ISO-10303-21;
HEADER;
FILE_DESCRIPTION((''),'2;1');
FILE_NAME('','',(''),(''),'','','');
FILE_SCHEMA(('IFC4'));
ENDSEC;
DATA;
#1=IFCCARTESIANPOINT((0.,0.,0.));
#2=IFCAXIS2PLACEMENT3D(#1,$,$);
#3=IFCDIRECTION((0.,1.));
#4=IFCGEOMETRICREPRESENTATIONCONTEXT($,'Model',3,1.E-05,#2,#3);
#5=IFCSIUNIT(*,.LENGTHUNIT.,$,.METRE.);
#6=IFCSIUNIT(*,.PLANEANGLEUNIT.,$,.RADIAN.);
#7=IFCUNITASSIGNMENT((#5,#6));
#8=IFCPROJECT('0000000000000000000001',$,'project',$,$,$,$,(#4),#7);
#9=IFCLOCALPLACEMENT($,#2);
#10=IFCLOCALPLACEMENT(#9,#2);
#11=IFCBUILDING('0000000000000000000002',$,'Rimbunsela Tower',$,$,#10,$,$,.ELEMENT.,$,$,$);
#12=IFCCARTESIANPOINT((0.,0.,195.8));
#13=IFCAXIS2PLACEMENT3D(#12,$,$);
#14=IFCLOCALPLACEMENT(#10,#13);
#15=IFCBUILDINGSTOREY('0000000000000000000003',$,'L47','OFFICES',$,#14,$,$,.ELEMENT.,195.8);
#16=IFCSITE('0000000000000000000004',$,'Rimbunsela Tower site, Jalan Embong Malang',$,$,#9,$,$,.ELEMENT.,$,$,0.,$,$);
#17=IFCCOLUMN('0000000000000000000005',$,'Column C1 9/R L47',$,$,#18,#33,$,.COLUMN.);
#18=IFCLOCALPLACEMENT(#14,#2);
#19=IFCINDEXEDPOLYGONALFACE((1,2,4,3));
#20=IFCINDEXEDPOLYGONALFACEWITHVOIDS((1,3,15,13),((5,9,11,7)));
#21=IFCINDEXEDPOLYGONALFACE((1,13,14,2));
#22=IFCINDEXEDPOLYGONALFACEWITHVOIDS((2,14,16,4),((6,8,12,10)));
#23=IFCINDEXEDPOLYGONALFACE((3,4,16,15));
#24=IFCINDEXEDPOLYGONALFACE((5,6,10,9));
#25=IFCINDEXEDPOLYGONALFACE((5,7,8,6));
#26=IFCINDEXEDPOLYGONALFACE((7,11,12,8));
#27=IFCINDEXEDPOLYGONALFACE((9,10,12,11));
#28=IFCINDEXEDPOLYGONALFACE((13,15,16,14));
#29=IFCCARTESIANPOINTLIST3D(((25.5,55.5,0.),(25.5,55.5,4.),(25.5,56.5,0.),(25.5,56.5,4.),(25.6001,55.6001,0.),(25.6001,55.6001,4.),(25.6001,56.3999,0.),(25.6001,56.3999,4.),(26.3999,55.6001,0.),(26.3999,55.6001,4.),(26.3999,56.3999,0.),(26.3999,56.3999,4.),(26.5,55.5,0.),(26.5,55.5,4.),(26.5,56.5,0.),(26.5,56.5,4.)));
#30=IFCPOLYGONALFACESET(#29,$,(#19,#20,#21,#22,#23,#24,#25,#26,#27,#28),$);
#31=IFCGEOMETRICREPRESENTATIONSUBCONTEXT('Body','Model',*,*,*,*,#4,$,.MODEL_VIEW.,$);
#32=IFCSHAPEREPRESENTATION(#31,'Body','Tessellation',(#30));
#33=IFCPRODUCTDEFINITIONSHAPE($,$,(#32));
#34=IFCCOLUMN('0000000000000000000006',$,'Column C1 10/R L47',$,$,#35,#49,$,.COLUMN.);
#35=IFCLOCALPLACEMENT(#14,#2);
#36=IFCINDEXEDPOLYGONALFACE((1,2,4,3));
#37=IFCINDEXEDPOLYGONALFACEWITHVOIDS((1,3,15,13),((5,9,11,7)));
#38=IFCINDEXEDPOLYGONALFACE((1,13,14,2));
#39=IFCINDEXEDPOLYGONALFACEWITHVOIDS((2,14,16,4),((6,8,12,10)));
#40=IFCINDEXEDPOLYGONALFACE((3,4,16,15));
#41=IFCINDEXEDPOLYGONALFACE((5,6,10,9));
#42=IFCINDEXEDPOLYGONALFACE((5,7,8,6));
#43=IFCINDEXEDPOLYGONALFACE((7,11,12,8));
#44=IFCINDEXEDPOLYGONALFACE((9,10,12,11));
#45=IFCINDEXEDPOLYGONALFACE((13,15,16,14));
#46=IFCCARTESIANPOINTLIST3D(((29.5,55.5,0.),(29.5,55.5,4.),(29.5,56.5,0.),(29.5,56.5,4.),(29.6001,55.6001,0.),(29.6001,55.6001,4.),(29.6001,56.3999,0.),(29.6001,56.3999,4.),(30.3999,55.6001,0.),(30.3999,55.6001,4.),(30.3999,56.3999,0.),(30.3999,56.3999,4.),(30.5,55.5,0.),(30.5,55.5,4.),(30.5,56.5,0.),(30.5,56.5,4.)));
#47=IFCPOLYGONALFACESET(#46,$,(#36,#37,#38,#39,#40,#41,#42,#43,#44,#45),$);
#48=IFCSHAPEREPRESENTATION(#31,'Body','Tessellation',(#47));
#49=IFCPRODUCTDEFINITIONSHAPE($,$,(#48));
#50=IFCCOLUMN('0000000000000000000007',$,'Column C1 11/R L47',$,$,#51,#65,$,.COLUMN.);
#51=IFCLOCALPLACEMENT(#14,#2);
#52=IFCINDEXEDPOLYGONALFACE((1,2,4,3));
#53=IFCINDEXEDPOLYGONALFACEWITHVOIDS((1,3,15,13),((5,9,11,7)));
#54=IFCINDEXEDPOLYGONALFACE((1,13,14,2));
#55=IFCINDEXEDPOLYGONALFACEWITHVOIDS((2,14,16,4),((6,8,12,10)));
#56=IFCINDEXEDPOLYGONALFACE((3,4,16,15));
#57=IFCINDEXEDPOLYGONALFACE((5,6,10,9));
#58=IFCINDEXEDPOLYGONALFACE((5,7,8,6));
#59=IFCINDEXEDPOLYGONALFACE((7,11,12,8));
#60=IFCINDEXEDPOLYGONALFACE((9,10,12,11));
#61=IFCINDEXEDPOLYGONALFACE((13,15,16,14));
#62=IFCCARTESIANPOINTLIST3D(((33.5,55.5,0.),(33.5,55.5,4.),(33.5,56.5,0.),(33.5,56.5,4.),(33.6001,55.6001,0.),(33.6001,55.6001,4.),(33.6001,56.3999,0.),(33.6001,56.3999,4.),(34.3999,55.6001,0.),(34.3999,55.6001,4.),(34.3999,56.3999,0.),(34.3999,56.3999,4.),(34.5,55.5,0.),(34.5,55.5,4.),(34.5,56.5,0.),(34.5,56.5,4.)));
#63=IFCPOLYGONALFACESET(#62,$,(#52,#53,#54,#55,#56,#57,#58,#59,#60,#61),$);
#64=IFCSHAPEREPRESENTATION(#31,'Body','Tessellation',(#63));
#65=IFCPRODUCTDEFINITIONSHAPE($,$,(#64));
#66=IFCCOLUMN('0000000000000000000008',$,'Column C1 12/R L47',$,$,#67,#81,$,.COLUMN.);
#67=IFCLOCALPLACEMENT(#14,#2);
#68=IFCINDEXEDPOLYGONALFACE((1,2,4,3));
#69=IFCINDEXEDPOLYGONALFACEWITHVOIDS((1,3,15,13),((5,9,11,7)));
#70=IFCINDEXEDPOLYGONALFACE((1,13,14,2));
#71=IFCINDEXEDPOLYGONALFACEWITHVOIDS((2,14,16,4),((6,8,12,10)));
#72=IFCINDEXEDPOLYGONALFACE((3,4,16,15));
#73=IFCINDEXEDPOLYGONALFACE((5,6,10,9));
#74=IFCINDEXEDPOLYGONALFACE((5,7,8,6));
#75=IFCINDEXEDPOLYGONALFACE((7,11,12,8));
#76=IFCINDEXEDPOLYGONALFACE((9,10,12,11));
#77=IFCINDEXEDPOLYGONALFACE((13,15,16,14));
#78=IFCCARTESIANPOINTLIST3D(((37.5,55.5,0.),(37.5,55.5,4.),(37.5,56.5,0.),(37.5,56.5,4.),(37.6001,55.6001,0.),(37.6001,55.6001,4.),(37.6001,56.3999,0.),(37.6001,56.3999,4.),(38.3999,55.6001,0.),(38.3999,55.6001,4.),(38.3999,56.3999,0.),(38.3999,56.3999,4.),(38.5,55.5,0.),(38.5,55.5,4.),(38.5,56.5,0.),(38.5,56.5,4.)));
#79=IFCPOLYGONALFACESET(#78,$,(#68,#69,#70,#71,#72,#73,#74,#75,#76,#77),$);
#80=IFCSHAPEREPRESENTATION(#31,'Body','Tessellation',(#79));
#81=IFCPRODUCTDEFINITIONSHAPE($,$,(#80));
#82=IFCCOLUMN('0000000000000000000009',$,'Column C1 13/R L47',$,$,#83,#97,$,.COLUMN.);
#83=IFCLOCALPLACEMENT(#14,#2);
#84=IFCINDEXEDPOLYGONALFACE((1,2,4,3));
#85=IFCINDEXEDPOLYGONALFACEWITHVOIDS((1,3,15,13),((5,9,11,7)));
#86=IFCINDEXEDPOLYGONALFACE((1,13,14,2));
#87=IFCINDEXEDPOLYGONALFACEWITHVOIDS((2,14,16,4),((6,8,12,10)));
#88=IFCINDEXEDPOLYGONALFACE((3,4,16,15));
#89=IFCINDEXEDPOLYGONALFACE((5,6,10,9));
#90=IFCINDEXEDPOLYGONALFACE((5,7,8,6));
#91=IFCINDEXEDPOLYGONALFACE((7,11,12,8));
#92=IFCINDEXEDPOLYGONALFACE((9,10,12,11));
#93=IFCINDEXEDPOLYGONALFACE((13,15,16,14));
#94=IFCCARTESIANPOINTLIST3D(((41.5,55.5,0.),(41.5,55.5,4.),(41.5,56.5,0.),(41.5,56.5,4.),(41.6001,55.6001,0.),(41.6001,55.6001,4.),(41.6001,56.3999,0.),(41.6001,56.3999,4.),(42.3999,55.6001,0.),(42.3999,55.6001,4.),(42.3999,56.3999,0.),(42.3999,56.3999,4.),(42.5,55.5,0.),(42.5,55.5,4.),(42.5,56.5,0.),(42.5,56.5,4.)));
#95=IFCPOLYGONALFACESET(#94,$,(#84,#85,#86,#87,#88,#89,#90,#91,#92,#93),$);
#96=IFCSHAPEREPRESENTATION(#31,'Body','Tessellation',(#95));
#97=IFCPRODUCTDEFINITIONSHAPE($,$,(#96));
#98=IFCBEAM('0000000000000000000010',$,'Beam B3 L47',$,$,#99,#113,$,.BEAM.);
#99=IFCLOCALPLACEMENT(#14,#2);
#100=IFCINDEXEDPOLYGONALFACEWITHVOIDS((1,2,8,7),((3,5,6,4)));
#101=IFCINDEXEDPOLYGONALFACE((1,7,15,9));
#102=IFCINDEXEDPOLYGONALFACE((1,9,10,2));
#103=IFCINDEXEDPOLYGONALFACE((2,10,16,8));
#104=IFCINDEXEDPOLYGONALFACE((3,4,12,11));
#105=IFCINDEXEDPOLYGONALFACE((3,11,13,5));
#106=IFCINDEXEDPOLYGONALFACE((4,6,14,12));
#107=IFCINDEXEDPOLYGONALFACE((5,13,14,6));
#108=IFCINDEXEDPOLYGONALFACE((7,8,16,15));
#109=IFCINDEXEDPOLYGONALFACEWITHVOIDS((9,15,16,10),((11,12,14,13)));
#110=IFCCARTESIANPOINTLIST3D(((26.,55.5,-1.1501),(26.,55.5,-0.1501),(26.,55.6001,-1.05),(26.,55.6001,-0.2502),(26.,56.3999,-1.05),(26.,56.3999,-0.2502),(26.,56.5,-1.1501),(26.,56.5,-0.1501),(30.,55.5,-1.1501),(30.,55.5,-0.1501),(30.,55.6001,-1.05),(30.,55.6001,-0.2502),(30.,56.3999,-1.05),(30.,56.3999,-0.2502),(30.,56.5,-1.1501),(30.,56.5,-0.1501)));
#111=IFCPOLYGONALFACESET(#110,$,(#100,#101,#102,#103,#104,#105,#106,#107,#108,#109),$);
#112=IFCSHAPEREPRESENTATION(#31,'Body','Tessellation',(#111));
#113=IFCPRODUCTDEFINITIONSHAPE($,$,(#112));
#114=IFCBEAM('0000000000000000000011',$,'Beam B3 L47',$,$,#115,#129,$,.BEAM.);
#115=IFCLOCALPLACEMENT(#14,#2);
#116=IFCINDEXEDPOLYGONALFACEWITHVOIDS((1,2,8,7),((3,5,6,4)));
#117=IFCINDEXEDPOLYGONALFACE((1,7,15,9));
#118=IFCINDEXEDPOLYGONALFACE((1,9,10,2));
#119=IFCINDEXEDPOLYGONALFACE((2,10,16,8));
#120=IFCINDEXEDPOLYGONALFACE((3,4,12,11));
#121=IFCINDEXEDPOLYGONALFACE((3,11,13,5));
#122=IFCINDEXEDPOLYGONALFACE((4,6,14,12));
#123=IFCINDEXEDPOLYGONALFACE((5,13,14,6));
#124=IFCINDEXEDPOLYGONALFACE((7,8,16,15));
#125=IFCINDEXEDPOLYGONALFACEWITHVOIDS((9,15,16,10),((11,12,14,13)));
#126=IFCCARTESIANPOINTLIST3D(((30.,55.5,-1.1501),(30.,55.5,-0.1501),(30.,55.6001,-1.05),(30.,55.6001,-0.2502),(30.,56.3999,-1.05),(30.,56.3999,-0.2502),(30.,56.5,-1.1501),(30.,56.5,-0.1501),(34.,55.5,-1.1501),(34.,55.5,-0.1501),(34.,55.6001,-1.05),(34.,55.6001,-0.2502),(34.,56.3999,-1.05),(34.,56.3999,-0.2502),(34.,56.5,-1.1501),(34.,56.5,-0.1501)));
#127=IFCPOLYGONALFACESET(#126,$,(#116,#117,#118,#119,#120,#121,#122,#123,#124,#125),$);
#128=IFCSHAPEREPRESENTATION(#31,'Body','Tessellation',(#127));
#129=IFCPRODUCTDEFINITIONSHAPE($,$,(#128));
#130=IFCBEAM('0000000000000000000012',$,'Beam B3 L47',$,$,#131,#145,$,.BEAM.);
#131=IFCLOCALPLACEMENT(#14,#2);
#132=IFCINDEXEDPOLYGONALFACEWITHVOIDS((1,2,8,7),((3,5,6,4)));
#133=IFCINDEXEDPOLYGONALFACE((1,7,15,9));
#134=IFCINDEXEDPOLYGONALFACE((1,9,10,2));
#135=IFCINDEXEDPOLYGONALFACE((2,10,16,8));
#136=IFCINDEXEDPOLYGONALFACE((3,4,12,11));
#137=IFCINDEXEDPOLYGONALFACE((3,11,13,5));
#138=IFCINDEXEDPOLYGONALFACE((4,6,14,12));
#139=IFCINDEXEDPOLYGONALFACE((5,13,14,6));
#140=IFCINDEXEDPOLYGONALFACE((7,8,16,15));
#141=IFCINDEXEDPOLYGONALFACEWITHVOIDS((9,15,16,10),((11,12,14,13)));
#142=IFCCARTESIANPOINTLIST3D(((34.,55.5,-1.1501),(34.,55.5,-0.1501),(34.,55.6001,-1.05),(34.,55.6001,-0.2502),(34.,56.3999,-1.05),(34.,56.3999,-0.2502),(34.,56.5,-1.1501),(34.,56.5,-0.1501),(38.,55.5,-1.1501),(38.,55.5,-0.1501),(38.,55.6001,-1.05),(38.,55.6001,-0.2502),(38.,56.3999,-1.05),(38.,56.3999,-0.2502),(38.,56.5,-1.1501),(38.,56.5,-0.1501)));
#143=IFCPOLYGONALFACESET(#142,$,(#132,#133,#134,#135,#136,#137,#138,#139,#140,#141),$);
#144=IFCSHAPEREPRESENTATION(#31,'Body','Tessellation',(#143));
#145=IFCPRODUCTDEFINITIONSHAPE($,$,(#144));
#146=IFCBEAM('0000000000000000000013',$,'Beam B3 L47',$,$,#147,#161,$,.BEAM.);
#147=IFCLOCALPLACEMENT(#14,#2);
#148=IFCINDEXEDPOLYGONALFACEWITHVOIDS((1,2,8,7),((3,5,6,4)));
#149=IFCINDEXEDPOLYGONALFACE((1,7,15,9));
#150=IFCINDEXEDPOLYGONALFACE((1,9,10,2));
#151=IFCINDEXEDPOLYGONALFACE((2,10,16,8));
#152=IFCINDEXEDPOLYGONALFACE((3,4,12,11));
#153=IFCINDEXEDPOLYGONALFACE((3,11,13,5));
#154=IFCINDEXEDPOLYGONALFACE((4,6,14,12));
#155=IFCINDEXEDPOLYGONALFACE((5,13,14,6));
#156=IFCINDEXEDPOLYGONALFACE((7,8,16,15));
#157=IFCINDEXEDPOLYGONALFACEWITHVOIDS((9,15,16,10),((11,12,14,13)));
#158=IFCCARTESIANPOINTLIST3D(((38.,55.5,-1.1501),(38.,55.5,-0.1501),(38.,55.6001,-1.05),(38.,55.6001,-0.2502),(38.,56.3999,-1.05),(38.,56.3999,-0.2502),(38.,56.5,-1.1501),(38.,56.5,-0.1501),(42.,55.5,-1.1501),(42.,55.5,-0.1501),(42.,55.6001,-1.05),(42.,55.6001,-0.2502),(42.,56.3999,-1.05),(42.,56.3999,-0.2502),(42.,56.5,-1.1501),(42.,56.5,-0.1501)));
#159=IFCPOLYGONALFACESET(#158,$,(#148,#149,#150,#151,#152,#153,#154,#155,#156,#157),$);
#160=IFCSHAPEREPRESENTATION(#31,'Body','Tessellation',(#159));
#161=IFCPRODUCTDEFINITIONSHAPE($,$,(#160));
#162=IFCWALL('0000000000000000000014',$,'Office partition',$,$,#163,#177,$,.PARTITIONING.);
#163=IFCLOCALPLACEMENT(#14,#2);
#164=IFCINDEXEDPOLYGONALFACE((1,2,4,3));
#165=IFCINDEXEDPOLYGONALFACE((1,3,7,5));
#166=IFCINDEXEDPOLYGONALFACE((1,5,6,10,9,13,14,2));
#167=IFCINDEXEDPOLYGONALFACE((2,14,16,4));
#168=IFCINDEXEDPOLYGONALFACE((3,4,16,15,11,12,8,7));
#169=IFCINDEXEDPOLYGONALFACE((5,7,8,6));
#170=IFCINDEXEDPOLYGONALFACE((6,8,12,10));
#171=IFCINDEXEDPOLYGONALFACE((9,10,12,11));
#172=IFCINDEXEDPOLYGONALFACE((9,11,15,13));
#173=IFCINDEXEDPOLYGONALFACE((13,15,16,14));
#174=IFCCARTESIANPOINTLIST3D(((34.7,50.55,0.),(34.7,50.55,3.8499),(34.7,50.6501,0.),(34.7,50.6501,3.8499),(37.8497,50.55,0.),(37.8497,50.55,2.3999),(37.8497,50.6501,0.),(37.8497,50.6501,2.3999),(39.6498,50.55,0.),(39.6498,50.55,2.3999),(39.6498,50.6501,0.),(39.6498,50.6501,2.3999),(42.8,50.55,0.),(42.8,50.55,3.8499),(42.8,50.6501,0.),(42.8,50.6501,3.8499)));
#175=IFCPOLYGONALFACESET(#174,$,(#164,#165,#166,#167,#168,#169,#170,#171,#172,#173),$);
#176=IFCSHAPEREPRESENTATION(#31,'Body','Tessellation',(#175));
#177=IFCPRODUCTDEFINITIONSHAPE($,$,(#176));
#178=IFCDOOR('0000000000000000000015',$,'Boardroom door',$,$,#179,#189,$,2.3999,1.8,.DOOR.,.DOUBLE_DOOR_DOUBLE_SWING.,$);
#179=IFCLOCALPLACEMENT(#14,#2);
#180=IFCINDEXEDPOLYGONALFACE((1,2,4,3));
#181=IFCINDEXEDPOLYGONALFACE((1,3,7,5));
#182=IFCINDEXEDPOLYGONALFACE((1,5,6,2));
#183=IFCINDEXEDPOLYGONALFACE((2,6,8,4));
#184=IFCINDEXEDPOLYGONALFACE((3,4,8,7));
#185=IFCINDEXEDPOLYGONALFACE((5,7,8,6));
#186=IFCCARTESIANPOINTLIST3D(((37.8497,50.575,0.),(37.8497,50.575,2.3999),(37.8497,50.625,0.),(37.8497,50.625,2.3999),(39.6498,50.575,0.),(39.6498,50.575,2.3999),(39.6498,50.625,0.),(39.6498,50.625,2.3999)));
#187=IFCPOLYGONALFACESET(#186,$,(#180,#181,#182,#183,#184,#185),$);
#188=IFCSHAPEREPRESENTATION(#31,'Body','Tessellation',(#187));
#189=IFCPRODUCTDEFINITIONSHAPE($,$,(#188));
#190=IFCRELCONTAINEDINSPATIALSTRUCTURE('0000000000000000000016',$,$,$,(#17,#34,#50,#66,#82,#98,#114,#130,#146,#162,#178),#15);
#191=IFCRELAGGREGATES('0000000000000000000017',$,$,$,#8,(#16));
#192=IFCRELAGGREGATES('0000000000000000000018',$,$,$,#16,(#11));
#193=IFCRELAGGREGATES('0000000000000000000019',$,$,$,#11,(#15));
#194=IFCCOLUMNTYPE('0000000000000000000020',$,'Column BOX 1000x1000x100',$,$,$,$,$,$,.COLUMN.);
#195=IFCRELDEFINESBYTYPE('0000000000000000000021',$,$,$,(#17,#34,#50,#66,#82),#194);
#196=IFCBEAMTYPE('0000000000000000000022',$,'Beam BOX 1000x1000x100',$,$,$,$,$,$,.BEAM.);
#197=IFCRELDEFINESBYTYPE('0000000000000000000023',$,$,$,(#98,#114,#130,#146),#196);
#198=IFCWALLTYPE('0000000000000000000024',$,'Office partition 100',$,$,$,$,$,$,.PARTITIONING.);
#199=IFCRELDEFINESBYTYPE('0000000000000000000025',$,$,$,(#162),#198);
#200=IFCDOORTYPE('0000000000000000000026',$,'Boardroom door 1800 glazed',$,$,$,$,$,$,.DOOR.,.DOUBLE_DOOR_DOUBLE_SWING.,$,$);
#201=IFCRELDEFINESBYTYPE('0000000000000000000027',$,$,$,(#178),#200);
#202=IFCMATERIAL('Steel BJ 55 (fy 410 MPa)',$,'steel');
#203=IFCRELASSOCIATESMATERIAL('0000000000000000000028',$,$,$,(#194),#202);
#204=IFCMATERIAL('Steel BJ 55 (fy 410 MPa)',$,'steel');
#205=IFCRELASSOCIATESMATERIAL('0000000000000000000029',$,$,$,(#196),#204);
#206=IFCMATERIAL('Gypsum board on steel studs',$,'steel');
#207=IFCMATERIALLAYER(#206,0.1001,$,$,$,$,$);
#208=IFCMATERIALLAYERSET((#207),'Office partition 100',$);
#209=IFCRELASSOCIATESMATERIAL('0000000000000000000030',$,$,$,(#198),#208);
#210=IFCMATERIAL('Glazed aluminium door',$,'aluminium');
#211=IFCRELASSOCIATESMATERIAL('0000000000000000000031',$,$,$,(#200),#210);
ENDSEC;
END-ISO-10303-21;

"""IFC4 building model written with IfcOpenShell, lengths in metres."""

from ifc_helpers import new_model, si_unit, direction, frame, frame_2d, origin, origin_2d, place, context, subcontext, project, spatial, rectangle, hollow_rectangle, extrude, material, layer, layer_set, material_profile, profile_set, type_object, element, fill, save


model = new_model("IFC4")

# Units and contexts
model_context = context("Model", 3, precision=1e-05, world=origin(), true_north=direction((0.0, 1.0)))
body_context = subcontext(model_context, "Body", "Model", "MODEL_VIEW")
ifc_project = project(units=[si_unit("LENGTHUNIT", "METRE"), si_unit("PLANEANGLEUNIT", "RADIAN")], contexts=[model_context])

# Site, building, storey
site_placement = place(None, origin())
site = spatial("IfcSite", under=ifc_project, at=site_placement, Name="Rimbunsela Tower site, Jalan Embong Malang", CompositionType="ELEMENT", RefElevation=0.0)
building_placement = place(site_placement, origin())
building = spatial("IfcBuilding", under=site, at=building_placement, Name="Rimbunsela Tower", CompositionType="ELEMENT")
storey_placement = place(building_placement, frame((0.0, 0.0, 195.8)))
storey = spatial("IfcBuildingStorey", under=building, at=storey_placement, Name="L47", Description="OFFICES", CompositionType="ELEMENT", Elevation=195.8)

# Columns
ifc_material_1 = material(Name="Steel BJ 55 (fy 410 MPa)", Category="steel")
ifc_material_profile_1 = material_profile(ifc_material_1, hollow_rectangle(XDim=1.0, YDim=1.0, WallThickness=0.1001, at=origin_2d()), Name="BOX 1000x1000x100")
ifc_profile_set_1 = profile_set([ifc_material_profile_1], Name="Steel BJ 55 (fy 410 MPa)")
column_type = type_object("IfcColumnType", Name="Column BOX 1000x1000x100", PredefinedType="COLUMN", material=ifc_profile_set_1)
for number, where, z_axis, x_axis, name in (
    (1, (26.0, 56.0, 0.0), (0.0, 0.0, 1.0), (1.0, 0.0, 0.0), "Column C1 9/R L47"),
    (2, (30.0, 56.0, 0.0), (0.0, 0.0, 1.0), (1.0, 0.0, 0.0), "Column C1 10/R L47"),
    (3, (34.0, 56.0, 0.0), (0.0, 0.0, 1.0), (1.0, 0.0, 0.0), "Column C1 11/R L47"),
    (4, (38.0, 56.0, 0.0), (0.0, 0.0, 1.0), (1.0, 0.0, 0.0), "Column C1 12/R L47"),
    (5, (42.0, 56.0, 0.0), (0.0, 0.0, 1.0), (1.0, 0.0, 0.0), "Column C1 13/R L47"),
):
    element("IfcColumn", number, at=place(storey_placement, frame(where, z_axis=z_axis, x_axis=x_axis)), inside=storey, type_object=column_type, Name=name, PredefinedType="COLUMN", context=body_context, shape_type="SweptSolid", body=[
        extrude(hollow_rectangle(XDim=1.0, YDim=1.0, WallThickness=0.1001, at=origin_2d()), origin(), (0.0, 0.0, 1.0), 4.0),
    ])

# Beams
ifc_material_2 = material(Name="Steel BJ 55 (fy 410 MPa)", Category="steel")
ifc_material_profile_2 = material_profile(ifc_material_2, hollow_rectangle(XDim=1.0, YDim=1.0, WallThickness=0.1001, at=origin_2d()), Name="BOX 1000x1000x100")
ifc_profile_set_2 = profile_set([ifc_material_profile_2], Name="Steel BJ 55 (fy 410 MPa)")
beam_type = type_object("IfcBeamType", Name="Beam BOX 1000x1000x100", PredefinedType="BEAM", material=ifc_profile_set_2)
for number, where, z_axis, x_axis, name in (
    (6, (26.0, 56.0, -0.6501), (1.0, 0.0, 0.0), (0.0, 1.0, 0.0), "Beam B3 L47"),
    (7, (30.0, 56.0, -0.6501), (1.0, 0.0, 0.0), (0.0, 1.0, 0.0), "Beam B3 L47"),
    (8, (34.0, 56.0, -0.6501), (1.0, 0.0, 0.0), (0.0, 1.0, 0.0), "Beam B3 L47"),
    (9, (38.0, 56.0, -0.6501), (1.0, 0.0, 0.0), (0.0, 1.0, 0.0), "Beam B3 L47"),
):
    element("IfcBeam", number, at=place(storey_placement, frame(where, z_axis=z_axis, x_axis=x_axis)), inside=storey, type_object=beam_type, Name=name, PredefinedType="BEAM", context=body_context, shape_type="SweptSolid", body=[
        extrude(hollow_rectangle(XDim=1.0, YDim=1.0, WallThickness=0.1001, at=origin_2d()), origin(), (0.0, 0.0, 1.0), 4.0),
    ])

# Wall, opening, door
ifc_material_3 = material(Name="Gypsum board on steel studs", Category="steel")
ifc_layer_1 = layer(ifc_material_3, 0.1001)
ifc_layer_set_1 = layer_set([ifc_layer_1], Name="Office partition 100")
wall_type_1 = type_object("IfcWallType", Name="Office partition 100", PredefinedType="PARTITIONING", material=ifc_layer_set_1)
wall_1_placement = place(storey_placement, frame((34.7, 50.6001, 0.0), z_axis=(0.0, 0.0, 1.0), x_axis=(1.0, 0.0, 0.0)))
wall_1 = element("IfcWall", 10, at=wall_1_placement, inside=storey, type_object=wall_type_1, Name="Office partition", PredefinedType="PARTITIONING", context=body_context, shape_type="SweptSolid", body=[
    extrude(rectangle(XDim=8.1001, YDim=0.1001, at=frame_2d((4.05, 0.0))), origin(), (0.0, 0.0, 1.0), 3.8499),
])
opening_1_placement = place(wall_1_placement, frame((3.1499, 0.0, 0.0)))
opening_1 = element("IfcOpeningElement", 11, at=opening_1_placement, cuts=wall_1, PredefinedType="OPENING", context=body_context, shape_type="SweptSolid", body=[
    extrude(rectangle(XDim=1.8, YDim=2.3999, at=frame_2d((0.8999, 1.2))), frame((0.0, 0.0601, 0.0), z_axis=(0.0, -1.0, 0.0), x_axis=(1.0, 0.0, 0.0)), (0.0, 0.0, 1.0), 0.1201),
])
ifc_material_4 = material(Name="Glazed aluminium door", Category="aluminium")
door_type_1 = type_object("IfcDoorType", Name="Boardroom door 1800 glazed", OperationType="DOUBLE_DOOR_DOUBLE_SWING", PredefinedType="DOOR", material=ifc_material_4)
door_1_placement = place(opening_1_placement, origin())
door_1 = element("IfcDoor", 12, at=door_1_placement, inside=storey, type_object=door_type_1, Name="Boardroom door", OperationType="DOUBLE_DOOR_DOUBLE_SWING", OverallHeight=2.3999, OverallWidth=1.8, PredefinedType="DOOR", context=body_context, shape_type="SweptSolid", body=[
    extrude(rectangle(XDim=1.8, YDim=2.3999, at=frame_2d((0.8999, 1.2))), frame((0.0, 0.0249, 0.0), z_axis=(0.0, -1.0, 0.0), x_axis=(1.0, 0.0, 0.0)), (0.0, 0.0, 1.0), 0.05),
])
fill(opening_1, door_1)

save(model, "model.ifc")
